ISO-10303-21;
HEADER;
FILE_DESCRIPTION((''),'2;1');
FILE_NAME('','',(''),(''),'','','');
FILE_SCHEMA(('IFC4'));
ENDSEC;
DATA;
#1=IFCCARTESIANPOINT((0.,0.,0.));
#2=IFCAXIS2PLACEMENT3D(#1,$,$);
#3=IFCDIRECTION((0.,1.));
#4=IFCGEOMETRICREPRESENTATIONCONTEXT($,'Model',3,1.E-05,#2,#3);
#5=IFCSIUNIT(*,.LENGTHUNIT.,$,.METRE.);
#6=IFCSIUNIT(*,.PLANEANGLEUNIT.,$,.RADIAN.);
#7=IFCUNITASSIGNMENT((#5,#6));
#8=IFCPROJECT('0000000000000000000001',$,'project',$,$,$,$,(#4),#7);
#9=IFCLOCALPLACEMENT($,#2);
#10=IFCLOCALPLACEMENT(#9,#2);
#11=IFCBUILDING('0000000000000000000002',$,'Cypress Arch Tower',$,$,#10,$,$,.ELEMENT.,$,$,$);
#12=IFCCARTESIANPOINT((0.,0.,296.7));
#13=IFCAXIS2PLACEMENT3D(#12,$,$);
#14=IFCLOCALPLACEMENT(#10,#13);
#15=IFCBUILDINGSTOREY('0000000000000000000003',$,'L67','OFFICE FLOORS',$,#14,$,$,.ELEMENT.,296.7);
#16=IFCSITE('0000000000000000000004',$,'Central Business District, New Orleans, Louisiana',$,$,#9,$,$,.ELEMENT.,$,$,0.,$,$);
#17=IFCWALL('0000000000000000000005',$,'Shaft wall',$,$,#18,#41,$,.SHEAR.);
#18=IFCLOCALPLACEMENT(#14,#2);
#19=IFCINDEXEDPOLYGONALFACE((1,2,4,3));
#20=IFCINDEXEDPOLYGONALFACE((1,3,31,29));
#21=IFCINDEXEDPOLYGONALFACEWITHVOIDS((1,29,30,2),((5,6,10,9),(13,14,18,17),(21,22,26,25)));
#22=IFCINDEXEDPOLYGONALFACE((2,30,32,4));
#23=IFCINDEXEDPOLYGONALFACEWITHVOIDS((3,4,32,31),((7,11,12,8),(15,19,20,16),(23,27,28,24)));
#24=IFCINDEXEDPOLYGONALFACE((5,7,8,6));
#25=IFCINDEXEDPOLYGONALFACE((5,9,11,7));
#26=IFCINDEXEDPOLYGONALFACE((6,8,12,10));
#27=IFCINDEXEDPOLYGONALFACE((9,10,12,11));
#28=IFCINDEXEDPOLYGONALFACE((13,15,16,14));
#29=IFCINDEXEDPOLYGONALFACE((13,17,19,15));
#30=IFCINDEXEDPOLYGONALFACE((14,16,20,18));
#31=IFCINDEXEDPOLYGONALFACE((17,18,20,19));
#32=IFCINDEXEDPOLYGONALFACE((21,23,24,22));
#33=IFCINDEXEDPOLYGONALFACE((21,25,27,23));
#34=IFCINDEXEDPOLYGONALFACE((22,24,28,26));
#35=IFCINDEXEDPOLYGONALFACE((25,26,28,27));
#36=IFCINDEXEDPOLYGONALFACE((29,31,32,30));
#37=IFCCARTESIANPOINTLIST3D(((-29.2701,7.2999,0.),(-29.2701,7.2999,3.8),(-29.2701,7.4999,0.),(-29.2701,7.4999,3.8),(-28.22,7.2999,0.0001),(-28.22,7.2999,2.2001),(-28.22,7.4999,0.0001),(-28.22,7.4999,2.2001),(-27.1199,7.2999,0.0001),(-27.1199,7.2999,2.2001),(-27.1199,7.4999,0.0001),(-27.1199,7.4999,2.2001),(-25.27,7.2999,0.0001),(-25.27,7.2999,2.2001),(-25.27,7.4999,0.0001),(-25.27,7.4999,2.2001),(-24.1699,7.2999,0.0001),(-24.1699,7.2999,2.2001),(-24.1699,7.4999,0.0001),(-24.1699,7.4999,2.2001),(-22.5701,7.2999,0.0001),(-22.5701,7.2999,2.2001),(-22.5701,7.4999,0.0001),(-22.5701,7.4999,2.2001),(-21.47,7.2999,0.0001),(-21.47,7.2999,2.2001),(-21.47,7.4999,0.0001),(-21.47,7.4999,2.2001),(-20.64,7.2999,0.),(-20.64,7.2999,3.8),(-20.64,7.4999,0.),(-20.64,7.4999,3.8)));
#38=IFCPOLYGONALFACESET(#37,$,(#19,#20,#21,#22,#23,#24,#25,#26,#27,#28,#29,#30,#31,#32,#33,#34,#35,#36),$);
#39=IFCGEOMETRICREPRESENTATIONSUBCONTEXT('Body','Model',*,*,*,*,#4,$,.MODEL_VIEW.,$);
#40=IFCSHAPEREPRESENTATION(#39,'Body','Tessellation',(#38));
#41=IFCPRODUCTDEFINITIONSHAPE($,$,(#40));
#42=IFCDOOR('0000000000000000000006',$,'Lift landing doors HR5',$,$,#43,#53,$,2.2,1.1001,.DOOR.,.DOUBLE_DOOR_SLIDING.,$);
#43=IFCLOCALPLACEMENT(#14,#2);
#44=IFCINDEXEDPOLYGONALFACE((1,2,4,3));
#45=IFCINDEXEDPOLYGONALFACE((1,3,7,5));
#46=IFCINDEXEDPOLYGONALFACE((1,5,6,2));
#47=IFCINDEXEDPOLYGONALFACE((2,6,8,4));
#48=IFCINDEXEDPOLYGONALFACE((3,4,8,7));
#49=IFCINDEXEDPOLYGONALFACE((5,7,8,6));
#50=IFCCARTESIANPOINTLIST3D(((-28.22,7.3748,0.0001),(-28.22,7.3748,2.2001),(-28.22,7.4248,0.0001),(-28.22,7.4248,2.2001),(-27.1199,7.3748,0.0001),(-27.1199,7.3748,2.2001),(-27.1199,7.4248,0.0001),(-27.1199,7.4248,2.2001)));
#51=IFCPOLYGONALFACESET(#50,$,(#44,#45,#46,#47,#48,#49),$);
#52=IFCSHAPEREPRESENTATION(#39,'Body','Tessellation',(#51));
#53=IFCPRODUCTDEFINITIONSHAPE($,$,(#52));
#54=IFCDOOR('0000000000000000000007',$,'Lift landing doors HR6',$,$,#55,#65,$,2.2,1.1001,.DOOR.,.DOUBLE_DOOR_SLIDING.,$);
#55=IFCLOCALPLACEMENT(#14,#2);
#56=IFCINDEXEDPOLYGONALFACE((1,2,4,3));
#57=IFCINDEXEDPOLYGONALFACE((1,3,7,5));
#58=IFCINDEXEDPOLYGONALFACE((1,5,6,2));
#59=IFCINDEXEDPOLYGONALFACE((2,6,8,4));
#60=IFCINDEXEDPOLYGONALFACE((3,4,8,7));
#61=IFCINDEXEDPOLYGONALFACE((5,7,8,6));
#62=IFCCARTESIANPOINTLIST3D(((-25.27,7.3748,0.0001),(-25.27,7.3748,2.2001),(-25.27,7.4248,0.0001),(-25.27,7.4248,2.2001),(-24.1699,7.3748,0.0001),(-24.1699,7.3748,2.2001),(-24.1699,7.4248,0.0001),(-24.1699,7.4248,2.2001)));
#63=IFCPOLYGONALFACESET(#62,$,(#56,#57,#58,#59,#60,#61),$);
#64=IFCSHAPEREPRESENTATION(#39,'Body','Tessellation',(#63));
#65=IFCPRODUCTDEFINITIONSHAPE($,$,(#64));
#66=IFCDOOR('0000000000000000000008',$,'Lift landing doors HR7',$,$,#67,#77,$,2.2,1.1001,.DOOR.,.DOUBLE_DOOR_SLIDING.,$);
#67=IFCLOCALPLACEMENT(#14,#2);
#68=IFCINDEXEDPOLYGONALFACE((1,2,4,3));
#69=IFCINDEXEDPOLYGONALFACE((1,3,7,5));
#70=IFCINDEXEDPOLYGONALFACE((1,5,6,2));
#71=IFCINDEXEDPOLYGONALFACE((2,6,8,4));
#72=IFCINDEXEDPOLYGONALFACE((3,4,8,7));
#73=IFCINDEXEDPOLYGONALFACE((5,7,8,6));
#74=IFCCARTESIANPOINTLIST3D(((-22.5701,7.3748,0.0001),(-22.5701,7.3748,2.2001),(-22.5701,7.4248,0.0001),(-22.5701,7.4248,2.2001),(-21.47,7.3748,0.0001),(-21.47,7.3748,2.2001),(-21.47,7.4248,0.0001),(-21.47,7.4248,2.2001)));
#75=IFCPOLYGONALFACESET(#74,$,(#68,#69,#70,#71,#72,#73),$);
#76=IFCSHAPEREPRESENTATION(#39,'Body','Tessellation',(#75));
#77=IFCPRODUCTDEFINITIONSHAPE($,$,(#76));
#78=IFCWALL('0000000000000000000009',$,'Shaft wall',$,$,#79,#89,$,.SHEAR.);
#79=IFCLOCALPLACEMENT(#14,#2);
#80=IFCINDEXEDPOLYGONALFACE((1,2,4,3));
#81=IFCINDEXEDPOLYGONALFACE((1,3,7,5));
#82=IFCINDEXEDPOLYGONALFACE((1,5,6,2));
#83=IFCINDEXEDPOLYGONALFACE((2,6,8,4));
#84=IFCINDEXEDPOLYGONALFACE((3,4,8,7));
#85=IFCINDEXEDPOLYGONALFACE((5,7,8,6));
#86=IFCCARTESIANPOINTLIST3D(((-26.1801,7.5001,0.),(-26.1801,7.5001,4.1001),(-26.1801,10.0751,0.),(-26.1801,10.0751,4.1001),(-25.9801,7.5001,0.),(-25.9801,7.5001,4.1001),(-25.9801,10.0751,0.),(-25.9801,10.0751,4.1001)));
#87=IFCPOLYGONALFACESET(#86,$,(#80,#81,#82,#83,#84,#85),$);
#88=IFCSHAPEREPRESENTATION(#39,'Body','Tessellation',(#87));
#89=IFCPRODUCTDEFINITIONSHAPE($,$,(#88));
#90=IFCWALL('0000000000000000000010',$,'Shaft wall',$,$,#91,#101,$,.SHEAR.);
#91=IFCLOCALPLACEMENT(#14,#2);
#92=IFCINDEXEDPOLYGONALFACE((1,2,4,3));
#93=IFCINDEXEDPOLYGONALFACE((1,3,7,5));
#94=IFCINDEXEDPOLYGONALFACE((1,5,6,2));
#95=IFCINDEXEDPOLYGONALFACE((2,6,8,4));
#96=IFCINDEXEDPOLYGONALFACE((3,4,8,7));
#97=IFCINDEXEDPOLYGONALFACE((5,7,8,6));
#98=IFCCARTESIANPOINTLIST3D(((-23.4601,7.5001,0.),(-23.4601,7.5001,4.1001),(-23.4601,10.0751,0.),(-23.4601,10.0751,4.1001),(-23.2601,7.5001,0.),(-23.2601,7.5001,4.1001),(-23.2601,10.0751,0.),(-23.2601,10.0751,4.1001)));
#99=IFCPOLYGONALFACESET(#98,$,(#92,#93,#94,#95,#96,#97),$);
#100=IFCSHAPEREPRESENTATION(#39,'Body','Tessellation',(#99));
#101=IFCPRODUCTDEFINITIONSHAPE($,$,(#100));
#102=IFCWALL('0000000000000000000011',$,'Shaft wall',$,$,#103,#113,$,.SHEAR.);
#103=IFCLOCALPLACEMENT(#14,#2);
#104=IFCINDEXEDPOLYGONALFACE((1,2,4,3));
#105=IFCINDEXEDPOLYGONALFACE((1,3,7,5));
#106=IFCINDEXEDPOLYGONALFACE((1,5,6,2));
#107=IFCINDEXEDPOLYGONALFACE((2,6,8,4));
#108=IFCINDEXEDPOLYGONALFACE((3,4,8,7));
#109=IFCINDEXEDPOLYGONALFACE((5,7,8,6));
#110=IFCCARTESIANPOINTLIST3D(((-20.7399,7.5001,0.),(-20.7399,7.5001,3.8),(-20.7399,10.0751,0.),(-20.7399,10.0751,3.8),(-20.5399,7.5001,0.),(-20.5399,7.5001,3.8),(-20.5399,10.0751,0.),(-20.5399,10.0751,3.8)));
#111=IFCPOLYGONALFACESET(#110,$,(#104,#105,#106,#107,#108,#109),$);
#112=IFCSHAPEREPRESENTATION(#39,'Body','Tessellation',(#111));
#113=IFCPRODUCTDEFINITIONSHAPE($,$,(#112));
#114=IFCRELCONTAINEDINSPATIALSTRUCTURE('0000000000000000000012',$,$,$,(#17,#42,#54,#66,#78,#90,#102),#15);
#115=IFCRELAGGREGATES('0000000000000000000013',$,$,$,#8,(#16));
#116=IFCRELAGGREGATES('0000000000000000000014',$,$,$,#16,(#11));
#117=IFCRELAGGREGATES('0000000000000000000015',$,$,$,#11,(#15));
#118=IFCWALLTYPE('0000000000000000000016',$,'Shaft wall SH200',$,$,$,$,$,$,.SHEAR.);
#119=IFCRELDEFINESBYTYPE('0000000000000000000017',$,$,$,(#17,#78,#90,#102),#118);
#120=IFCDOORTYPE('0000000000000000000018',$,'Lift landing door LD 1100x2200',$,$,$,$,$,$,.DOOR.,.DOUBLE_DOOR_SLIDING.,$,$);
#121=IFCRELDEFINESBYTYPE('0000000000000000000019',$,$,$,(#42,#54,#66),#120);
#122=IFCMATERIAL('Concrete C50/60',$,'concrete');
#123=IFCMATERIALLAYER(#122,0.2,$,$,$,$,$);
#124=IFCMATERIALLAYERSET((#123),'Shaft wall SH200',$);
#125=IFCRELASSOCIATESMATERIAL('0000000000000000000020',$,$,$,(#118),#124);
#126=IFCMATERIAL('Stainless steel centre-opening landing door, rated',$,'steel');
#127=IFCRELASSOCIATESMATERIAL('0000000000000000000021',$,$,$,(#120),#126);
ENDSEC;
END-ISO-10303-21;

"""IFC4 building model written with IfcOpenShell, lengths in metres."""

from ifc_helpers import new_model, si_unit, direction, frame, frame_2d, origin, place, context, subcontext, project, spatial, rectangle, extrude, material, layer, layer_set, type_object, element, fill, save


model = new_model("IFC4")

# Units and contexts
model_context = context("Model", 3, precision=1e-05, world=origin(), true_north=direction((0.0, 1.0)))
body_context = subcontext(model_context, "Body", "Model", "MODEL_VIEW")
ifc_project = project(units=[si_unit("LENGTHUNIT", "METRE"), si_unit("PLANEANGLEUNIT", "RADIAN")], contexts=[model_context])

# Site, building, storey
site_placement = place(None, origin())
site = spatial("IfcSite", under=ifc_project, at=site_placement, Name="Central Business District, New Orleans, Louisiana", CompositionType="ELEMENT", RefElevation=0.0)
building_placement = place(site_placement, origin())
building = spatial("IfcBuilding", under=site, at=building_placement, Name="Cypress Arch Tower", CompositionType="ELEMENT")
storey_placement = place(building_placement, frame((0.0, 0.0, 296.7)))
storey = spatial("IfcBuildingStorey", under=building, at=storey_placement, Name="L67", Description="OFFICE FLOORS", CompositionType="ELEMENT", Elevation=296.7)

# Wall, openings, doors
ifc_material_1 = material(Name="Concrete C50/60", Category="concrete")
ifc_layer_1 = layer(ifc_material_1, 0.2)
ifc_layer_set_1 = layer_set([ifc_layer_1], Name="Shaft wall SH200")
wall_type_1 = type_object("IfcWallType", Name="Shaft wall SH200", PredefinedType="SHEAR", material=ifc_layer_set_1)
wall_1_placement = place(storey_placement, frame((-29.27, 7.3999, 0.0), z_axis=(0.0, 0.0, 1.0), x_axis=(1.0, 0.0, 0.0)))
wall_1 = element("IfcWall", 1, at=wall_1_placement, inside=storey, type_object=wall_type_1, Name="Shaft wall", PredefinedType="SHEAR", context=body_context, shape_type="SweptSolid", body=[
    extrude(rectangle(XDim=8.6301, YDim=0.2, at=frame_2d((4.3149, 0.0))), origin(), (0.0, 0.0, 1.0), 3.8),
])
opening_1_placement = place(wall_1_placement, frame((1.05, 0.0, 0.0)))
opening_1 = element("IfcOpeningElement", 2, at=opening_1_placement, cuts=wall_1, PredefinedType="OPENING", context=body_context, shape_type="SweptSolid", body=[
    extrude(rectangle(XDim=1.1001, YDim=2.2, at=frame_2d((0.55, 1.1001))), frame((0.0, 0.1099, 0.0), z_axis=(0.0, -1.0, 0.0), x_axis=(1.0, 0.0, 0.0)), (0.0, 0.0, 1.0), 0.22),
])
opening_2_placement = place(wall_1_placement, frame((4.0, 0.0, 0.0)))
opening_2 = element("IfcOpeningElement", 3, at=opening_2_placement, cuts=wall_1, PredefinedType="OPENING", context=body_context, shape_type="SweptSolid", body=[
    extrude(rectangle(XDim=1.1001, YDim=2.2, at=frame_2d((0.55, 1.1001))), frame((0.0, 0.1099, 0.0), z_axis=(0.0, -1.0, 0.0), x_axis=(1.0, 0.0, 0.0)), (0.0, 0.0, 1.0), 0.22),
])
opening_3_placement = place(wall_1_placement, frame((6.7, 0.0, 0.0)))
opening_3 = element("IfcOpeningElement", 4, at=opening_3_placement, cuts=wall_1, PredefinedType="OPENING", context=body_context, shape_type="SweptSolid", body=[
    extrude(rectangle(XDim=1.1001, YDim=2.2, at=frame_2d((0.55, 1.1001))), frame((0.0, 0.1099, 0.0), z_axis=(0.0, -1.0, 0.0), x_axis=(1.0, 0.0, 0.0)), (0.0, 0.0, 1.0), 0.22),
])
ifc_material_2 = material(Name="Stainless steel centre-opening landing door, rated", Category="steel")
door_type_1 = type_object("IfcDoorType", Name="Lift landing door LD 1100x2200", OperationType="DOUBLE_DOOR_SLIDING", PredefinedType="DOOR", material=ifc_material_2)
door_1_placement = place(opening_1_placement, origin())
door_1 = element("IfcDoor", 5, at=door_1_placement, inside=storey, type_object=door_type_1, Name="Lift landing doors HR5", OperationType="DOUBLE_DOOR_SLIDING", OverallHeight=2.2, OverallWidth=1.1001, PredefinedType="DOOR", context=body_context, shape_type="SweptSolid", body=[
    extrude(rectangle(XDim=1.1001, YDim=2.2, at=frame_2d((0.55, 1.1001))), frame((0.0, 0.0249, 0.0), z_axis=(0.0, -1.0, 0.0), x_axis=(1.0, 0.0, 0.0)), (0.0, 0.0, 1.0), 0.05),
])
fill(opening_1, door_1)
door_2_placement = place(opening_2_placement, origin())
door_2 = element("IfcDoor", 6, at=door_2_placement, inside=storey, type_object=door_type_1, Name="Lift landing doors HR6", OperationType="DOUBLE_DOOR_SLIDING", OverallHeight=2.2, OverallWidth=1.1001, PredefinedType="DOOR", context=body_context, shape_type="SweptSolid", body=[
    extrude(rectangle(XDim=1.1001, YDim=2.2, at=frame_2d((0.55, 1.1001))), frame((0.0, 0.0249, 0.0), z_axis=(0.0, -1.0, 0.0), x_axis=(1.0, 0.0, 0.0)), (0.0, 0.0, 1.0), 0.05),
])
fill(opening_2, door_2)
door_3_placement = place(opening_3_placement, origin())
door_3 = element("IfcDoor", 7, at=door_3_placement, inside=storey, type_object=door_type_1, Name="Lift landing doors HR7", OperationType="DOUBLE_DOOR_SLIDING", OverallHeight=2.2, OverallWidth=1.1001, PredefinedType="DOOR", context=body_context, shape_type="SweptSolid", body=[
    extrude(rectangle(XDim=1.1001, YDim=2.2, at=frame_2d((0.55, 1.1001))), frame((0.0, 0.0249, 0.0), z_axis=(0.0, -1.0, 0.0), x_axis=(1.0, 0.0, 0.0)), (0.0, 0.0, 1.0), 0.05),
])
fill(opening_3, door_3)

# Walls
for number, where, z_axis, x_axis, name in (
    (8, (-26.0801, 7.5, 0.0), (0.0, 0.0, 1.0), (0.0, 1.0, 0.0), "Shaft wall"),
    (9, (-23.3601, 7.5, 0.0), (0.0, 0.0, 1.0), (0.0, 1.0, 0.0), "Shaft wall"),
):
    element("IfcWall", number, at=place(storey_placement, frame(where, z_axis=z_axis, x_axis=x_axis)), inside=storey, type_object=wall_type_1, Name=name, PredefinedType="SHEAR", context=body_context, shape_type="SweptSolid", body=[
        extrude(rectangle(XDim=2.575, YDim=0.2, at=frame_2d((1.2876, 0.0))), origin(), (0.0, 0.0, 1.0), 4.1001),
    ])
wall_2_placement = place(storey_placement, frame((-20.6399, 7.5, 0.0), z_axis=(0.0, 0.0, 1.0), x_axis=(0.0, 1.0, 0.0)))
element("IfcWall", 10, at=wall_2_placement, inside=storey, type_object=wall_type_1, Name="Shaft wall", PredefinedType="SHEAR", context=body_context, shape_type="SweptSolid", body=[
    extrude(rectangle(XDim=2.575, YDim=0.2, at=frame_2d((1.2876, 0.0))), origin(), (0.0, 0.0, 1.0), 3.8),
])

save(model, "model.ifc")
